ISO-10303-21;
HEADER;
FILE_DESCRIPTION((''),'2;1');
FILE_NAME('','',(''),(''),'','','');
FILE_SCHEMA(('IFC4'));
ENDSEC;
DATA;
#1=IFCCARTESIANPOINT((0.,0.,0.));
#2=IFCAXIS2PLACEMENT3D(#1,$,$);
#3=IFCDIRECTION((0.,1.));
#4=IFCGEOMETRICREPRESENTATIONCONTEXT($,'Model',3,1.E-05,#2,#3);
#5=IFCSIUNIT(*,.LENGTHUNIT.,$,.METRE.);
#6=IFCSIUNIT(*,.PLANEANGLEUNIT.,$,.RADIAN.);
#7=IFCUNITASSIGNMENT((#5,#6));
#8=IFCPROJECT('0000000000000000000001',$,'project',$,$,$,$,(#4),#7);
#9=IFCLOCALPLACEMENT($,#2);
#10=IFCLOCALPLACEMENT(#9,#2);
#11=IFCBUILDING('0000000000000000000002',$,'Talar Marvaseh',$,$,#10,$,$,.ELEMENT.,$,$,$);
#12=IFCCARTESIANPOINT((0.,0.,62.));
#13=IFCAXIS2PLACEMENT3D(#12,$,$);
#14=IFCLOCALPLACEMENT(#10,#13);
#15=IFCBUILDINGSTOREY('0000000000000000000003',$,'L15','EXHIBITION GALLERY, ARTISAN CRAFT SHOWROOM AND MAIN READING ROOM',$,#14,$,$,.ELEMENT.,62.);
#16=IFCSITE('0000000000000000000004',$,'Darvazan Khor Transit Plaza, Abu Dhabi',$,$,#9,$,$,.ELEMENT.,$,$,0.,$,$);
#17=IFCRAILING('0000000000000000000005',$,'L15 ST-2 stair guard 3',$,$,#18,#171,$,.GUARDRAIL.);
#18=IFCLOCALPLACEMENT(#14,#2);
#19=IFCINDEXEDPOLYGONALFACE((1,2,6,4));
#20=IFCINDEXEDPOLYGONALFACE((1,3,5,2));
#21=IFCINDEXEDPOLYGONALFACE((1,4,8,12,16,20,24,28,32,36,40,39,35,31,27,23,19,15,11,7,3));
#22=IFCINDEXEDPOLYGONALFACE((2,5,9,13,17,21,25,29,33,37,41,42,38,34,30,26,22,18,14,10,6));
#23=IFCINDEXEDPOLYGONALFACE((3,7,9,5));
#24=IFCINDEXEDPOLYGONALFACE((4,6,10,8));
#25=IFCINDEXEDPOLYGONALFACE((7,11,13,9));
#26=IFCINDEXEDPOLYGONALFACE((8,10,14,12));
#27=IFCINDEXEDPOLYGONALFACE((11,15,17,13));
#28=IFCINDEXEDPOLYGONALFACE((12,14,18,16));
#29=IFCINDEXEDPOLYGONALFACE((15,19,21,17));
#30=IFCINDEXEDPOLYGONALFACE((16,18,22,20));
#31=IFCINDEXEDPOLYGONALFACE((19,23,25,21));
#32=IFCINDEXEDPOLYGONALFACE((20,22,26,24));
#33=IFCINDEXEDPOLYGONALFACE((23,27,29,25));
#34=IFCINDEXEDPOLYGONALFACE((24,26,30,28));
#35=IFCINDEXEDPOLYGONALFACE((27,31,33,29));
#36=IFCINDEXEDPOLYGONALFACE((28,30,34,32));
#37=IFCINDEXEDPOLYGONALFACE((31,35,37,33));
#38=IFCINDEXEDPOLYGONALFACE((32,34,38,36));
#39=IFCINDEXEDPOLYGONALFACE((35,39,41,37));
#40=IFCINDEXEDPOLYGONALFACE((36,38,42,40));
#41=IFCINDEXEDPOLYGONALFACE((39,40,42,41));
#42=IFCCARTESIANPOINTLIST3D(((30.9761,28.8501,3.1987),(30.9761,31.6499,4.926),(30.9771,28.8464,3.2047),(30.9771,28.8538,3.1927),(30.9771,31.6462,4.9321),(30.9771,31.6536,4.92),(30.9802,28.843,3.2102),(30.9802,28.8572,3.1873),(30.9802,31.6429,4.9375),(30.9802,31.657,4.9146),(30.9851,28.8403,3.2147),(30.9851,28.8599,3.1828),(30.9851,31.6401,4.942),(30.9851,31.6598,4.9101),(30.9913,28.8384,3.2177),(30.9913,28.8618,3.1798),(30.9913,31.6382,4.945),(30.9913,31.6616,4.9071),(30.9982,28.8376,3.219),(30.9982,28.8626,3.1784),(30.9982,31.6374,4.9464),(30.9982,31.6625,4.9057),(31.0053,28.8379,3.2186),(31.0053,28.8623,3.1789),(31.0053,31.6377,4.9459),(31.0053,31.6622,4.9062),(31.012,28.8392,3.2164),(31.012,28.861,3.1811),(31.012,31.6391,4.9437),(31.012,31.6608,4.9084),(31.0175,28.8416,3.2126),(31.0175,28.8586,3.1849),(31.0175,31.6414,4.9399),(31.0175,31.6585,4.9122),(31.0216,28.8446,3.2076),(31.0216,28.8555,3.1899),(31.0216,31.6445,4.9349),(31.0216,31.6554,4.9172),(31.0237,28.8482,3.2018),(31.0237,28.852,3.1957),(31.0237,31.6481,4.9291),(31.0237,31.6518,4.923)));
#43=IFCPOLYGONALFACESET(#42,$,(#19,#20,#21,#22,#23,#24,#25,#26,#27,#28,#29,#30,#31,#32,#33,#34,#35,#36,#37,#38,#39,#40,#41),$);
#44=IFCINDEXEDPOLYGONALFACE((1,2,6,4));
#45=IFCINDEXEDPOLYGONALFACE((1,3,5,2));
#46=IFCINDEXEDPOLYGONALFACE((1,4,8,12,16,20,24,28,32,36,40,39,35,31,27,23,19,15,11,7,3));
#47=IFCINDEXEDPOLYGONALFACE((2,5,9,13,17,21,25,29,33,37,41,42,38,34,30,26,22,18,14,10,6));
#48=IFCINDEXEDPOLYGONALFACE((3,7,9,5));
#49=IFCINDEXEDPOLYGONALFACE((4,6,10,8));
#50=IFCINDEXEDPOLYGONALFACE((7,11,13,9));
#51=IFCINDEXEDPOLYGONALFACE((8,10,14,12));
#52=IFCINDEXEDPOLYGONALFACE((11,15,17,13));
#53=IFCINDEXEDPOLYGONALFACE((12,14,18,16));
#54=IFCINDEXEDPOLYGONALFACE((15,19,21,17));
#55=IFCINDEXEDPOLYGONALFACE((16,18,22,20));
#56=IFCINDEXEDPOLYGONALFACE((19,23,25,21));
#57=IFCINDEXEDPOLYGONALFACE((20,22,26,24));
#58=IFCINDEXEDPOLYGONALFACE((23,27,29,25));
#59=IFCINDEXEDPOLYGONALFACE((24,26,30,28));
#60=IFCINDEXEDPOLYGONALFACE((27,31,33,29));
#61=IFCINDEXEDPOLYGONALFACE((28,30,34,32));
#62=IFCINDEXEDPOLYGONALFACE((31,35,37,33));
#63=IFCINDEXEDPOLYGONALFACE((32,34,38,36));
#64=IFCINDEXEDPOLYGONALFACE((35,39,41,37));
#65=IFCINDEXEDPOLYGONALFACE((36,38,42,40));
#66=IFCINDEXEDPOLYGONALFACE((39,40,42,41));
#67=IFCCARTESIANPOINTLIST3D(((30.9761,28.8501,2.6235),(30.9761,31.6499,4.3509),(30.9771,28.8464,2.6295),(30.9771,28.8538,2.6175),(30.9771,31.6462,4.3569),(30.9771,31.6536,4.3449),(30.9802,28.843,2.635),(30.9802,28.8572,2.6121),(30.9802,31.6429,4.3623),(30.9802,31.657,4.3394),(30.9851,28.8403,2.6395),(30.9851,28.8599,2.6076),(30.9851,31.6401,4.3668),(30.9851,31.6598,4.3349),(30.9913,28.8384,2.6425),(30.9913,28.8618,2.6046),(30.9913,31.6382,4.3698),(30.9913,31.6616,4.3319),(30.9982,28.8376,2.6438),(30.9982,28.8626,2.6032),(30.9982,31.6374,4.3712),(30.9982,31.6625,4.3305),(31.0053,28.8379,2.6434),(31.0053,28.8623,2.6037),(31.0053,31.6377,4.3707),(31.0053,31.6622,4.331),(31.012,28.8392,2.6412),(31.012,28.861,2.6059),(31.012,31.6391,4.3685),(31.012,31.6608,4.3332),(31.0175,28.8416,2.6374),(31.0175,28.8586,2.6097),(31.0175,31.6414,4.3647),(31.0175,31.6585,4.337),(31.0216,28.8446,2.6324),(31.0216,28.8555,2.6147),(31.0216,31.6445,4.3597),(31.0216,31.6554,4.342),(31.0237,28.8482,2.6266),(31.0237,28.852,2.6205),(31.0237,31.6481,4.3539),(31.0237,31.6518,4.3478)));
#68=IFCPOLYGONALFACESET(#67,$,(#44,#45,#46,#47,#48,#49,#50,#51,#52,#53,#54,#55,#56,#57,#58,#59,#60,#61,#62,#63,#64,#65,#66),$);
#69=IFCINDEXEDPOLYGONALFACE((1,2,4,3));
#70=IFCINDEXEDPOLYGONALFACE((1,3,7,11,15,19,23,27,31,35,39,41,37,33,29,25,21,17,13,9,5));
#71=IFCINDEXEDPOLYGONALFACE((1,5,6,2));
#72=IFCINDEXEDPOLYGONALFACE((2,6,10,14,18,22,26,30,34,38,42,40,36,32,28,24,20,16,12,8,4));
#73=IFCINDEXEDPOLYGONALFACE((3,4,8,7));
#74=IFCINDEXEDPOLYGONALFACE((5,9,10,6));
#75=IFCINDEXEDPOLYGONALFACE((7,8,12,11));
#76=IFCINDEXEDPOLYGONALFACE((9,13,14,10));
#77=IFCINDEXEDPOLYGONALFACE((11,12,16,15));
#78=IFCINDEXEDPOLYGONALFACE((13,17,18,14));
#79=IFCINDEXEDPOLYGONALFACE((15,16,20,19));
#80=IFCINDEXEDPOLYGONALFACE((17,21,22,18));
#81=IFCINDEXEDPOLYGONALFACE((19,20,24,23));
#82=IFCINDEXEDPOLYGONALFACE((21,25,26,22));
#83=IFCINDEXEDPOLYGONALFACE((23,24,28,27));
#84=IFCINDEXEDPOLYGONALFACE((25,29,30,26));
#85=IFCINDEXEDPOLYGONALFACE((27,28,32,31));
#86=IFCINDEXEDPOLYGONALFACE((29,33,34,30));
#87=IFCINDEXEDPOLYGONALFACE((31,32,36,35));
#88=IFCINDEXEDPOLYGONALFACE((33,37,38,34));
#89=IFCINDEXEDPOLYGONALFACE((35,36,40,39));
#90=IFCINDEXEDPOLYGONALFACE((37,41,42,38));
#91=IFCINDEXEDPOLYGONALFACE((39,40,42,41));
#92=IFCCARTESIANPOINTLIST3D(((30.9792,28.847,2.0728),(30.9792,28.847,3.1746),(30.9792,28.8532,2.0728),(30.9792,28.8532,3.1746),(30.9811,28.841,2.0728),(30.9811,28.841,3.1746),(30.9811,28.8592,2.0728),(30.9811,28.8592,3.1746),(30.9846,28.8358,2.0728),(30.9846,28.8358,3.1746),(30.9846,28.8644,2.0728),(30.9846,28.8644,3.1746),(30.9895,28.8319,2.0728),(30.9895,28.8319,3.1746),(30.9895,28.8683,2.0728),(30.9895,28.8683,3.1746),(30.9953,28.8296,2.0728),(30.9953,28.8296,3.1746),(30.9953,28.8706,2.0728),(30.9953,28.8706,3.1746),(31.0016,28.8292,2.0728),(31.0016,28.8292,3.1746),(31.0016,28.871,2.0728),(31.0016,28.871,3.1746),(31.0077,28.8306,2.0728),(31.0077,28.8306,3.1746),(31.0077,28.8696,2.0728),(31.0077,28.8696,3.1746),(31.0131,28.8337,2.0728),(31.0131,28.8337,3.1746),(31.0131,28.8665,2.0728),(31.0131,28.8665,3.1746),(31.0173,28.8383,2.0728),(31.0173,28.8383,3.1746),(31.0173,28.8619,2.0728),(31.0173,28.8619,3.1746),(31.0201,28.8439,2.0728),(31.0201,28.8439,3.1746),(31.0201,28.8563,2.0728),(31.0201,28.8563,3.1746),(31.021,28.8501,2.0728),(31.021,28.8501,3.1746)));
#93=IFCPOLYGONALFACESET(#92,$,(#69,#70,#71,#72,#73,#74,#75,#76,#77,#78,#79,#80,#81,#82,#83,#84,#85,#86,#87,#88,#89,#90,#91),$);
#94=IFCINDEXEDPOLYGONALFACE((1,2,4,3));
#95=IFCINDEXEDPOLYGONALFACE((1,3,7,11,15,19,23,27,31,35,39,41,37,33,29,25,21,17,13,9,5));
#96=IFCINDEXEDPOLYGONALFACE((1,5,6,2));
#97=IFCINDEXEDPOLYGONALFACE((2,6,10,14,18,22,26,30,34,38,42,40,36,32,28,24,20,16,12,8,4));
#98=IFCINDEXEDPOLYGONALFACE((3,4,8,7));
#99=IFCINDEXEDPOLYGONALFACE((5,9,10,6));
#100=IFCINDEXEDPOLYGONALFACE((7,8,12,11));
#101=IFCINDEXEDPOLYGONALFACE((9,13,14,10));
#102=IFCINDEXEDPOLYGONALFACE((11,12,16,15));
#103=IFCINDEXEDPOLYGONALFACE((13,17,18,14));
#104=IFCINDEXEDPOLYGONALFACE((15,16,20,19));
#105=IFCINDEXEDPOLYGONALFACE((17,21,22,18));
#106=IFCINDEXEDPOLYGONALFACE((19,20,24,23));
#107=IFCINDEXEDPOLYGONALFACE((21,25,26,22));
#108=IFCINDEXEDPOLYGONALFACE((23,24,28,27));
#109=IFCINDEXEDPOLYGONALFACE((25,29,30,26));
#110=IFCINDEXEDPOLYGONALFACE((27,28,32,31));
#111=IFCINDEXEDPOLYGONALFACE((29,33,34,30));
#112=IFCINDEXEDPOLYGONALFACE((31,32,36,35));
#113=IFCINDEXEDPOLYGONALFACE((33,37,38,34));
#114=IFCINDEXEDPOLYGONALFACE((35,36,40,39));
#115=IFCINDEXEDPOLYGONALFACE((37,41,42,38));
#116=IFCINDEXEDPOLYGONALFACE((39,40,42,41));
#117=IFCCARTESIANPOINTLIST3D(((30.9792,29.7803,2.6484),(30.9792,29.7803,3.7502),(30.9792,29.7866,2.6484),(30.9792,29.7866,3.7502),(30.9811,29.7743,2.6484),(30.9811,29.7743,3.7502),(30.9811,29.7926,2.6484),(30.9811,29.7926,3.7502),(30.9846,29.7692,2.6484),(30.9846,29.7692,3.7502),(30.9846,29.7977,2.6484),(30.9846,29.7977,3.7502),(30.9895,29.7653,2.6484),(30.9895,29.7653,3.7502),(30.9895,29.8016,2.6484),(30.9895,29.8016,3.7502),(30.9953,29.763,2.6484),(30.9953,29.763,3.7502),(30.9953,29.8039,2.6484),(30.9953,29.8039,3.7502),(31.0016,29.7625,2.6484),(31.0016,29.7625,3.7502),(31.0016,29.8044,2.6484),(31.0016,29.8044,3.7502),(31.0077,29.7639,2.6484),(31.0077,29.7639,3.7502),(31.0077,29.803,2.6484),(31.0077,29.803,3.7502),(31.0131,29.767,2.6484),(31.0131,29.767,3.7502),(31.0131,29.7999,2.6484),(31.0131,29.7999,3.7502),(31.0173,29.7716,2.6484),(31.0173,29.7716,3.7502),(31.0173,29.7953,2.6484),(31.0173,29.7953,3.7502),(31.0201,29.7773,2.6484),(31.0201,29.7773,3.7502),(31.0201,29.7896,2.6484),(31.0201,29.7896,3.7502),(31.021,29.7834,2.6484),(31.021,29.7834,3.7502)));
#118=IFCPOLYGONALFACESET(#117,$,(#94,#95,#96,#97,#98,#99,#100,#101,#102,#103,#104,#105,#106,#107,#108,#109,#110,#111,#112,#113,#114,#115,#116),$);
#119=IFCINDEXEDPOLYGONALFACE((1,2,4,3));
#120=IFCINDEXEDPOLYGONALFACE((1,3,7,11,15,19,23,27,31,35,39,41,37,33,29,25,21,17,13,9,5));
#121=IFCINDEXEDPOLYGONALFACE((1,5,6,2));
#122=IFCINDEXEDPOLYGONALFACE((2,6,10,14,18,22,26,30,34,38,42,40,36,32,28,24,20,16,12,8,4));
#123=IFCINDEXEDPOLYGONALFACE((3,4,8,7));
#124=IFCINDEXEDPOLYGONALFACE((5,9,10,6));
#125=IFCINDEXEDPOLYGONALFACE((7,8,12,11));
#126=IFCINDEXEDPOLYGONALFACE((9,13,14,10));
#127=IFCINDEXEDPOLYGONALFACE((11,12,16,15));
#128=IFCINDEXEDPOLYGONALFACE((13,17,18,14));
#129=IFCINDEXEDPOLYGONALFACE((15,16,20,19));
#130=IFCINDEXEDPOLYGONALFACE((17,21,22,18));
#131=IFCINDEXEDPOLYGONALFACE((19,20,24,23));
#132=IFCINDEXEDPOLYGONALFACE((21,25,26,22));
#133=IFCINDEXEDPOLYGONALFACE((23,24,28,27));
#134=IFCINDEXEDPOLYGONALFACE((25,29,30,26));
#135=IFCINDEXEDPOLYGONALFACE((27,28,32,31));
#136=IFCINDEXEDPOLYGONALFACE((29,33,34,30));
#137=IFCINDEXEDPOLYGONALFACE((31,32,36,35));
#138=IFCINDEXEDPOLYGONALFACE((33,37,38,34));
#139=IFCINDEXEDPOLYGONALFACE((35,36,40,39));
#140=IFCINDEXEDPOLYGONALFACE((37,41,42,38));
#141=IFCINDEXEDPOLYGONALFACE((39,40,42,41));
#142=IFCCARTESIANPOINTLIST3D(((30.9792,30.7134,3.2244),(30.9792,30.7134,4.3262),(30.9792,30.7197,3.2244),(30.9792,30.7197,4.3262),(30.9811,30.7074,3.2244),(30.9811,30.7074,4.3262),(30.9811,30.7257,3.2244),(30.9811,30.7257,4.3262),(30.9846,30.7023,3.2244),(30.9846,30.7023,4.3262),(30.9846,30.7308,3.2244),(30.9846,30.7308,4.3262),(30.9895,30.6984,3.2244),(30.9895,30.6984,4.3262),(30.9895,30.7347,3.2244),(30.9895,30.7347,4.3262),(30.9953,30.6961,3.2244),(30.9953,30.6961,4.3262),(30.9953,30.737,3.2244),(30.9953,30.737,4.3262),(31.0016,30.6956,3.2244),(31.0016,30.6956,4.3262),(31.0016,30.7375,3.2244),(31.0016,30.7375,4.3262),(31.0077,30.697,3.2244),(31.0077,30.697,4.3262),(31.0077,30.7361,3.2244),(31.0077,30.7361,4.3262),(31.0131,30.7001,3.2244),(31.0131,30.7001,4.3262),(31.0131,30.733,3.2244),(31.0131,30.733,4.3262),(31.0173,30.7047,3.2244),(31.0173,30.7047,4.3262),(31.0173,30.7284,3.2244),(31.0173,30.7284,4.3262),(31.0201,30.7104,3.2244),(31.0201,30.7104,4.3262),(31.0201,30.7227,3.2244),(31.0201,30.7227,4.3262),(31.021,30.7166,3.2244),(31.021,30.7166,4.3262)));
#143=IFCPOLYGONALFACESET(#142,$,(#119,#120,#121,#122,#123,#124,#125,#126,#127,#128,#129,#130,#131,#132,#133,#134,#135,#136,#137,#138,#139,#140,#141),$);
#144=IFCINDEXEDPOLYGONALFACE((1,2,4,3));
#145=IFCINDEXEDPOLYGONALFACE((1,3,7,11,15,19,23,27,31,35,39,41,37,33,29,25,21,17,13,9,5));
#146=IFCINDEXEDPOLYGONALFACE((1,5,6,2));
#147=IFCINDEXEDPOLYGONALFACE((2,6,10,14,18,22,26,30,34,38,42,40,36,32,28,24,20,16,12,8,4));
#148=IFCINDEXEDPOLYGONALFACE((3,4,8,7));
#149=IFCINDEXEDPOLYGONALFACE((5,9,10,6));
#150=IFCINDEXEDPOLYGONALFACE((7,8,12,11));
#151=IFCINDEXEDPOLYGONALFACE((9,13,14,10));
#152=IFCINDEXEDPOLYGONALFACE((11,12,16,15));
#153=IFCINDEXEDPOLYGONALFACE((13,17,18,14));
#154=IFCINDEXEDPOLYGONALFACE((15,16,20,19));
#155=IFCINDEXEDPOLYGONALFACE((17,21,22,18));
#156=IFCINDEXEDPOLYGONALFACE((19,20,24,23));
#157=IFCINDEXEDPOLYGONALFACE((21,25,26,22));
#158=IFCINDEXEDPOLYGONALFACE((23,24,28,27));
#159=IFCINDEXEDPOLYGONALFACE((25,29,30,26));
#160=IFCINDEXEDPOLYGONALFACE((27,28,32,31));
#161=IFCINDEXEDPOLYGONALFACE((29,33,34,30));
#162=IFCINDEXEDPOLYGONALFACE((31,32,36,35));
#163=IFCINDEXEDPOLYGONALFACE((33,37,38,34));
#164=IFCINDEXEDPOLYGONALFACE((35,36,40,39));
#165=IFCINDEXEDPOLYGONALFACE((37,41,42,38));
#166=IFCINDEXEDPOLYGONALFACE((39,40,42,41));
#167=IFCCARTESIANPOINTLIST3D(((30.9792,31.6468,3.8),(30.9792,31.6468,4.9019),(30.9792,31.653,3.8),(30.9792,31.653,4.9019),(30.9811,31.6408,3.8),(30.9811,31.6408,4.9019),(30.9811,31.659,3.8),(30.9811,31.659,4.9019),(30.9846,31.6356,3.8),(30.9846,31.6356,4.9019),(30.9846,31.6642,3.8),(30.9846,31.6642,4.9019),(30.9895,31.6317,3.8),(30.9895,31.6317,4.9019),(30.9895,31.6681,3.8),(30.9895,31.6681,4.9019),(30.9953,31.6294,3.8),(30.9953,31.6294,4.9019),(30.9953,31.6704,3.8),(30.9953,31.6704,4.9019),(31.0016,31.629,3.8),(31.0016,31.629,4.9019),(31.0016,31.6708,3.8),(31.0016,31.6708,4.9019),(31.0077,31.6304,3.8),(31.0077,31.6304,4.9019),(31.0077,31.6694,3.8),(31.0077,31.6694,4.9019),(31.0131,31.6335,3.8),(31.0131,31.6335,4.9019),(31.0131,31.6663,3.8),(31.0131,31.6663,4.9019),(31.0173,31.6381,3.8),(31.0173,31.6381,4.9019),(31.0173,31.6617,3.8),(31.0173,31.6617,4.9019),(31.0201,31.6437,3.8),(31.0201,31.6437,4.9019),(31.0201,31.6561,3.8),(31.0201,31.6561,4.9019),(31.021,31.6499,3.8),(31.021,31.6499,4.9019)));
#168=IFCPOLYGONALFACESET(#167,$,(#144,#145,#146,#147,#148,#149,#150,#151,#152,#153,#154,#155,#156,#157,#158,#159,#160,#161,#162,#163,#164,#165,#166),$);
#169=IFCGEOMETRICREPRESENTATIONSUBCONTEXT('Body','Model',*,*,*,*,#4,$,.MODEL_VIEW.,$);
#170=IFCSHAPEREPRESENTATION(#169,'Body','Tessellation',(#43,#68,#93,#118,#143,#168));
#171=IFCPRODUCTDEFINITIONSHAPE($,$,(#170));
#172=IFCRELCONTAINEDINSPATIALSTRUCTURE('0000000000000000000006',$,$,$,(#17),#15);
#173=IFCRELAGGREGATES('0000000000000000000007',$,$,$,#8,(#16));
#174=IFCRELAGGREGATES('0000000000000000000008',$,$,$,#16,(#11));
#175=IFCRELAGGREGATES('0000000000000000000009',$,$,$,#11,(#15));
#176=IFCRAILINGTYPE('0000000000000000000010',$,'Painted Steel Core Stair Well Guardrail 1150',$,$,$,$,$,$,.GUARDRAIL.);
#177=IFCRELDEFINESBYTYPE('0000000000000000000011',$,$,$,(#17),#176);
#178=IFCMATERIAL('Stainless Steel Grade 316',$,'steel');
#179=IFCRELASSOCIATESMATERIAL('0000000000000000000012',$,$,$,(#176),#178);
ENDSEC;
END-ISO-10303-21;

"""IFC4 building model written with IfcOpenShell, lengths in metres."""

from ifc_helpers import new_model, si_unit, direction, frame, origin, origin_2d, place, context, subcontext, project, spatial, circle, extrude, material, type_object, element, save


model = new_model("IFC4")

# Units and contexts
model_context = context("Model", 3, precision=1e-05, world=origin(), true_north=direction((0.0, 1.0)))
body_context = subcontext(model_context, "Body", "Model", "MODEL_VIEW")
ifc_project = project(units=[si_unit("LENGTHUNIT", "METRE"), si_unit("PLANEANGLEUNIT", "RADIAN")], contexts=[model_context])

# Site, building, storey
site_placement = place(None, origin())
site = spatial("IfcSite", under=ifc_project, at=site_placement, Name="Darvazan Khor Transit Plaza, Abu Dhabi", CompositionType="ELEMENT", RefElevation=0.0)
building_placement = place(site_placement, origin())
building = spatial("IfcBuilding", under=site, at=building_placement, Name="Talar Marvaseh", CompositionType="ELEMENT")
storey_placement = place(building_placement, frame((0.0, 0.0, 62.0)))
storey = spatial("IfcBuildingStorey", under=building, at=storey_placement, Name="L15", Description="EXHIBITION GALLERY, ARTISAN CRAFT SHOWROOM AND MAIN READING ROOM", CompositionType="ELEMENT", Elevation=62.0)

# Railing
ifc_material_1 = material(Name="Stainless Steel Grade 316", Category="steel")
railing_type_1 = type_object("IfcRailingType", Name="Painted Steel Core Stair Well Guardrail 1150", PredefinedType="GUARDRAIL", material=ifc_material_1)
railing_1_placement = place(storey_placement, frame((31.0, 28.8501, 2.0728)))
element("IfcRailing", 1, at=railing_1_placement, inside=storey, type_object=railing_type_1, Name="L15 ST-2 stair guard 3", PredefinedType="GUARDRAIL", context=body_context, shape_type="SweptSolid", body=[
    extrude(circle(Radius=0.0239, at=origin_2d()), frame((0.0, 0.0, 1.126), z_axis=(0.0, 0.851069, 0.525054), x_axis=(-1.0, 0.0, 0.0)), (0.0, 0.0, 1.0), 3.2898),
    extrude(circle(Radius=0.0239, at=origin_2d()), frame((0.0, 0.0, 0.5508), z_axis=(0.0, 0.851069, 0.525054), x_axis=(-1.0, 0.0, 0.0)), (0.0, 0.0, 1.0), 3.2898),
    extrude(circle(Radius=0.021, at=origin_2d()), origin(), (0.0, 0.0, 1.0), 1.1018),
    extrude(circle(Radius=0.021, at=origin_2d()), frame((0.0, 0.9333, 0.5757)), (0.0, 0.0, 1.0), 1.1018),
    extrude(circle(Radius=0.021, at=origin_2d()), frame((0.0, 1.8665, 1.1516)), (0.0, 0.0, 1.0), 1.1018),
    extrude(circle(Radius=0.021, at=origin_2d()), frame((0.0, 2.7998, 1.7273)), (0.0, 0.0, 1.0), 1.1018),
])

save(model, "model.ifc")
